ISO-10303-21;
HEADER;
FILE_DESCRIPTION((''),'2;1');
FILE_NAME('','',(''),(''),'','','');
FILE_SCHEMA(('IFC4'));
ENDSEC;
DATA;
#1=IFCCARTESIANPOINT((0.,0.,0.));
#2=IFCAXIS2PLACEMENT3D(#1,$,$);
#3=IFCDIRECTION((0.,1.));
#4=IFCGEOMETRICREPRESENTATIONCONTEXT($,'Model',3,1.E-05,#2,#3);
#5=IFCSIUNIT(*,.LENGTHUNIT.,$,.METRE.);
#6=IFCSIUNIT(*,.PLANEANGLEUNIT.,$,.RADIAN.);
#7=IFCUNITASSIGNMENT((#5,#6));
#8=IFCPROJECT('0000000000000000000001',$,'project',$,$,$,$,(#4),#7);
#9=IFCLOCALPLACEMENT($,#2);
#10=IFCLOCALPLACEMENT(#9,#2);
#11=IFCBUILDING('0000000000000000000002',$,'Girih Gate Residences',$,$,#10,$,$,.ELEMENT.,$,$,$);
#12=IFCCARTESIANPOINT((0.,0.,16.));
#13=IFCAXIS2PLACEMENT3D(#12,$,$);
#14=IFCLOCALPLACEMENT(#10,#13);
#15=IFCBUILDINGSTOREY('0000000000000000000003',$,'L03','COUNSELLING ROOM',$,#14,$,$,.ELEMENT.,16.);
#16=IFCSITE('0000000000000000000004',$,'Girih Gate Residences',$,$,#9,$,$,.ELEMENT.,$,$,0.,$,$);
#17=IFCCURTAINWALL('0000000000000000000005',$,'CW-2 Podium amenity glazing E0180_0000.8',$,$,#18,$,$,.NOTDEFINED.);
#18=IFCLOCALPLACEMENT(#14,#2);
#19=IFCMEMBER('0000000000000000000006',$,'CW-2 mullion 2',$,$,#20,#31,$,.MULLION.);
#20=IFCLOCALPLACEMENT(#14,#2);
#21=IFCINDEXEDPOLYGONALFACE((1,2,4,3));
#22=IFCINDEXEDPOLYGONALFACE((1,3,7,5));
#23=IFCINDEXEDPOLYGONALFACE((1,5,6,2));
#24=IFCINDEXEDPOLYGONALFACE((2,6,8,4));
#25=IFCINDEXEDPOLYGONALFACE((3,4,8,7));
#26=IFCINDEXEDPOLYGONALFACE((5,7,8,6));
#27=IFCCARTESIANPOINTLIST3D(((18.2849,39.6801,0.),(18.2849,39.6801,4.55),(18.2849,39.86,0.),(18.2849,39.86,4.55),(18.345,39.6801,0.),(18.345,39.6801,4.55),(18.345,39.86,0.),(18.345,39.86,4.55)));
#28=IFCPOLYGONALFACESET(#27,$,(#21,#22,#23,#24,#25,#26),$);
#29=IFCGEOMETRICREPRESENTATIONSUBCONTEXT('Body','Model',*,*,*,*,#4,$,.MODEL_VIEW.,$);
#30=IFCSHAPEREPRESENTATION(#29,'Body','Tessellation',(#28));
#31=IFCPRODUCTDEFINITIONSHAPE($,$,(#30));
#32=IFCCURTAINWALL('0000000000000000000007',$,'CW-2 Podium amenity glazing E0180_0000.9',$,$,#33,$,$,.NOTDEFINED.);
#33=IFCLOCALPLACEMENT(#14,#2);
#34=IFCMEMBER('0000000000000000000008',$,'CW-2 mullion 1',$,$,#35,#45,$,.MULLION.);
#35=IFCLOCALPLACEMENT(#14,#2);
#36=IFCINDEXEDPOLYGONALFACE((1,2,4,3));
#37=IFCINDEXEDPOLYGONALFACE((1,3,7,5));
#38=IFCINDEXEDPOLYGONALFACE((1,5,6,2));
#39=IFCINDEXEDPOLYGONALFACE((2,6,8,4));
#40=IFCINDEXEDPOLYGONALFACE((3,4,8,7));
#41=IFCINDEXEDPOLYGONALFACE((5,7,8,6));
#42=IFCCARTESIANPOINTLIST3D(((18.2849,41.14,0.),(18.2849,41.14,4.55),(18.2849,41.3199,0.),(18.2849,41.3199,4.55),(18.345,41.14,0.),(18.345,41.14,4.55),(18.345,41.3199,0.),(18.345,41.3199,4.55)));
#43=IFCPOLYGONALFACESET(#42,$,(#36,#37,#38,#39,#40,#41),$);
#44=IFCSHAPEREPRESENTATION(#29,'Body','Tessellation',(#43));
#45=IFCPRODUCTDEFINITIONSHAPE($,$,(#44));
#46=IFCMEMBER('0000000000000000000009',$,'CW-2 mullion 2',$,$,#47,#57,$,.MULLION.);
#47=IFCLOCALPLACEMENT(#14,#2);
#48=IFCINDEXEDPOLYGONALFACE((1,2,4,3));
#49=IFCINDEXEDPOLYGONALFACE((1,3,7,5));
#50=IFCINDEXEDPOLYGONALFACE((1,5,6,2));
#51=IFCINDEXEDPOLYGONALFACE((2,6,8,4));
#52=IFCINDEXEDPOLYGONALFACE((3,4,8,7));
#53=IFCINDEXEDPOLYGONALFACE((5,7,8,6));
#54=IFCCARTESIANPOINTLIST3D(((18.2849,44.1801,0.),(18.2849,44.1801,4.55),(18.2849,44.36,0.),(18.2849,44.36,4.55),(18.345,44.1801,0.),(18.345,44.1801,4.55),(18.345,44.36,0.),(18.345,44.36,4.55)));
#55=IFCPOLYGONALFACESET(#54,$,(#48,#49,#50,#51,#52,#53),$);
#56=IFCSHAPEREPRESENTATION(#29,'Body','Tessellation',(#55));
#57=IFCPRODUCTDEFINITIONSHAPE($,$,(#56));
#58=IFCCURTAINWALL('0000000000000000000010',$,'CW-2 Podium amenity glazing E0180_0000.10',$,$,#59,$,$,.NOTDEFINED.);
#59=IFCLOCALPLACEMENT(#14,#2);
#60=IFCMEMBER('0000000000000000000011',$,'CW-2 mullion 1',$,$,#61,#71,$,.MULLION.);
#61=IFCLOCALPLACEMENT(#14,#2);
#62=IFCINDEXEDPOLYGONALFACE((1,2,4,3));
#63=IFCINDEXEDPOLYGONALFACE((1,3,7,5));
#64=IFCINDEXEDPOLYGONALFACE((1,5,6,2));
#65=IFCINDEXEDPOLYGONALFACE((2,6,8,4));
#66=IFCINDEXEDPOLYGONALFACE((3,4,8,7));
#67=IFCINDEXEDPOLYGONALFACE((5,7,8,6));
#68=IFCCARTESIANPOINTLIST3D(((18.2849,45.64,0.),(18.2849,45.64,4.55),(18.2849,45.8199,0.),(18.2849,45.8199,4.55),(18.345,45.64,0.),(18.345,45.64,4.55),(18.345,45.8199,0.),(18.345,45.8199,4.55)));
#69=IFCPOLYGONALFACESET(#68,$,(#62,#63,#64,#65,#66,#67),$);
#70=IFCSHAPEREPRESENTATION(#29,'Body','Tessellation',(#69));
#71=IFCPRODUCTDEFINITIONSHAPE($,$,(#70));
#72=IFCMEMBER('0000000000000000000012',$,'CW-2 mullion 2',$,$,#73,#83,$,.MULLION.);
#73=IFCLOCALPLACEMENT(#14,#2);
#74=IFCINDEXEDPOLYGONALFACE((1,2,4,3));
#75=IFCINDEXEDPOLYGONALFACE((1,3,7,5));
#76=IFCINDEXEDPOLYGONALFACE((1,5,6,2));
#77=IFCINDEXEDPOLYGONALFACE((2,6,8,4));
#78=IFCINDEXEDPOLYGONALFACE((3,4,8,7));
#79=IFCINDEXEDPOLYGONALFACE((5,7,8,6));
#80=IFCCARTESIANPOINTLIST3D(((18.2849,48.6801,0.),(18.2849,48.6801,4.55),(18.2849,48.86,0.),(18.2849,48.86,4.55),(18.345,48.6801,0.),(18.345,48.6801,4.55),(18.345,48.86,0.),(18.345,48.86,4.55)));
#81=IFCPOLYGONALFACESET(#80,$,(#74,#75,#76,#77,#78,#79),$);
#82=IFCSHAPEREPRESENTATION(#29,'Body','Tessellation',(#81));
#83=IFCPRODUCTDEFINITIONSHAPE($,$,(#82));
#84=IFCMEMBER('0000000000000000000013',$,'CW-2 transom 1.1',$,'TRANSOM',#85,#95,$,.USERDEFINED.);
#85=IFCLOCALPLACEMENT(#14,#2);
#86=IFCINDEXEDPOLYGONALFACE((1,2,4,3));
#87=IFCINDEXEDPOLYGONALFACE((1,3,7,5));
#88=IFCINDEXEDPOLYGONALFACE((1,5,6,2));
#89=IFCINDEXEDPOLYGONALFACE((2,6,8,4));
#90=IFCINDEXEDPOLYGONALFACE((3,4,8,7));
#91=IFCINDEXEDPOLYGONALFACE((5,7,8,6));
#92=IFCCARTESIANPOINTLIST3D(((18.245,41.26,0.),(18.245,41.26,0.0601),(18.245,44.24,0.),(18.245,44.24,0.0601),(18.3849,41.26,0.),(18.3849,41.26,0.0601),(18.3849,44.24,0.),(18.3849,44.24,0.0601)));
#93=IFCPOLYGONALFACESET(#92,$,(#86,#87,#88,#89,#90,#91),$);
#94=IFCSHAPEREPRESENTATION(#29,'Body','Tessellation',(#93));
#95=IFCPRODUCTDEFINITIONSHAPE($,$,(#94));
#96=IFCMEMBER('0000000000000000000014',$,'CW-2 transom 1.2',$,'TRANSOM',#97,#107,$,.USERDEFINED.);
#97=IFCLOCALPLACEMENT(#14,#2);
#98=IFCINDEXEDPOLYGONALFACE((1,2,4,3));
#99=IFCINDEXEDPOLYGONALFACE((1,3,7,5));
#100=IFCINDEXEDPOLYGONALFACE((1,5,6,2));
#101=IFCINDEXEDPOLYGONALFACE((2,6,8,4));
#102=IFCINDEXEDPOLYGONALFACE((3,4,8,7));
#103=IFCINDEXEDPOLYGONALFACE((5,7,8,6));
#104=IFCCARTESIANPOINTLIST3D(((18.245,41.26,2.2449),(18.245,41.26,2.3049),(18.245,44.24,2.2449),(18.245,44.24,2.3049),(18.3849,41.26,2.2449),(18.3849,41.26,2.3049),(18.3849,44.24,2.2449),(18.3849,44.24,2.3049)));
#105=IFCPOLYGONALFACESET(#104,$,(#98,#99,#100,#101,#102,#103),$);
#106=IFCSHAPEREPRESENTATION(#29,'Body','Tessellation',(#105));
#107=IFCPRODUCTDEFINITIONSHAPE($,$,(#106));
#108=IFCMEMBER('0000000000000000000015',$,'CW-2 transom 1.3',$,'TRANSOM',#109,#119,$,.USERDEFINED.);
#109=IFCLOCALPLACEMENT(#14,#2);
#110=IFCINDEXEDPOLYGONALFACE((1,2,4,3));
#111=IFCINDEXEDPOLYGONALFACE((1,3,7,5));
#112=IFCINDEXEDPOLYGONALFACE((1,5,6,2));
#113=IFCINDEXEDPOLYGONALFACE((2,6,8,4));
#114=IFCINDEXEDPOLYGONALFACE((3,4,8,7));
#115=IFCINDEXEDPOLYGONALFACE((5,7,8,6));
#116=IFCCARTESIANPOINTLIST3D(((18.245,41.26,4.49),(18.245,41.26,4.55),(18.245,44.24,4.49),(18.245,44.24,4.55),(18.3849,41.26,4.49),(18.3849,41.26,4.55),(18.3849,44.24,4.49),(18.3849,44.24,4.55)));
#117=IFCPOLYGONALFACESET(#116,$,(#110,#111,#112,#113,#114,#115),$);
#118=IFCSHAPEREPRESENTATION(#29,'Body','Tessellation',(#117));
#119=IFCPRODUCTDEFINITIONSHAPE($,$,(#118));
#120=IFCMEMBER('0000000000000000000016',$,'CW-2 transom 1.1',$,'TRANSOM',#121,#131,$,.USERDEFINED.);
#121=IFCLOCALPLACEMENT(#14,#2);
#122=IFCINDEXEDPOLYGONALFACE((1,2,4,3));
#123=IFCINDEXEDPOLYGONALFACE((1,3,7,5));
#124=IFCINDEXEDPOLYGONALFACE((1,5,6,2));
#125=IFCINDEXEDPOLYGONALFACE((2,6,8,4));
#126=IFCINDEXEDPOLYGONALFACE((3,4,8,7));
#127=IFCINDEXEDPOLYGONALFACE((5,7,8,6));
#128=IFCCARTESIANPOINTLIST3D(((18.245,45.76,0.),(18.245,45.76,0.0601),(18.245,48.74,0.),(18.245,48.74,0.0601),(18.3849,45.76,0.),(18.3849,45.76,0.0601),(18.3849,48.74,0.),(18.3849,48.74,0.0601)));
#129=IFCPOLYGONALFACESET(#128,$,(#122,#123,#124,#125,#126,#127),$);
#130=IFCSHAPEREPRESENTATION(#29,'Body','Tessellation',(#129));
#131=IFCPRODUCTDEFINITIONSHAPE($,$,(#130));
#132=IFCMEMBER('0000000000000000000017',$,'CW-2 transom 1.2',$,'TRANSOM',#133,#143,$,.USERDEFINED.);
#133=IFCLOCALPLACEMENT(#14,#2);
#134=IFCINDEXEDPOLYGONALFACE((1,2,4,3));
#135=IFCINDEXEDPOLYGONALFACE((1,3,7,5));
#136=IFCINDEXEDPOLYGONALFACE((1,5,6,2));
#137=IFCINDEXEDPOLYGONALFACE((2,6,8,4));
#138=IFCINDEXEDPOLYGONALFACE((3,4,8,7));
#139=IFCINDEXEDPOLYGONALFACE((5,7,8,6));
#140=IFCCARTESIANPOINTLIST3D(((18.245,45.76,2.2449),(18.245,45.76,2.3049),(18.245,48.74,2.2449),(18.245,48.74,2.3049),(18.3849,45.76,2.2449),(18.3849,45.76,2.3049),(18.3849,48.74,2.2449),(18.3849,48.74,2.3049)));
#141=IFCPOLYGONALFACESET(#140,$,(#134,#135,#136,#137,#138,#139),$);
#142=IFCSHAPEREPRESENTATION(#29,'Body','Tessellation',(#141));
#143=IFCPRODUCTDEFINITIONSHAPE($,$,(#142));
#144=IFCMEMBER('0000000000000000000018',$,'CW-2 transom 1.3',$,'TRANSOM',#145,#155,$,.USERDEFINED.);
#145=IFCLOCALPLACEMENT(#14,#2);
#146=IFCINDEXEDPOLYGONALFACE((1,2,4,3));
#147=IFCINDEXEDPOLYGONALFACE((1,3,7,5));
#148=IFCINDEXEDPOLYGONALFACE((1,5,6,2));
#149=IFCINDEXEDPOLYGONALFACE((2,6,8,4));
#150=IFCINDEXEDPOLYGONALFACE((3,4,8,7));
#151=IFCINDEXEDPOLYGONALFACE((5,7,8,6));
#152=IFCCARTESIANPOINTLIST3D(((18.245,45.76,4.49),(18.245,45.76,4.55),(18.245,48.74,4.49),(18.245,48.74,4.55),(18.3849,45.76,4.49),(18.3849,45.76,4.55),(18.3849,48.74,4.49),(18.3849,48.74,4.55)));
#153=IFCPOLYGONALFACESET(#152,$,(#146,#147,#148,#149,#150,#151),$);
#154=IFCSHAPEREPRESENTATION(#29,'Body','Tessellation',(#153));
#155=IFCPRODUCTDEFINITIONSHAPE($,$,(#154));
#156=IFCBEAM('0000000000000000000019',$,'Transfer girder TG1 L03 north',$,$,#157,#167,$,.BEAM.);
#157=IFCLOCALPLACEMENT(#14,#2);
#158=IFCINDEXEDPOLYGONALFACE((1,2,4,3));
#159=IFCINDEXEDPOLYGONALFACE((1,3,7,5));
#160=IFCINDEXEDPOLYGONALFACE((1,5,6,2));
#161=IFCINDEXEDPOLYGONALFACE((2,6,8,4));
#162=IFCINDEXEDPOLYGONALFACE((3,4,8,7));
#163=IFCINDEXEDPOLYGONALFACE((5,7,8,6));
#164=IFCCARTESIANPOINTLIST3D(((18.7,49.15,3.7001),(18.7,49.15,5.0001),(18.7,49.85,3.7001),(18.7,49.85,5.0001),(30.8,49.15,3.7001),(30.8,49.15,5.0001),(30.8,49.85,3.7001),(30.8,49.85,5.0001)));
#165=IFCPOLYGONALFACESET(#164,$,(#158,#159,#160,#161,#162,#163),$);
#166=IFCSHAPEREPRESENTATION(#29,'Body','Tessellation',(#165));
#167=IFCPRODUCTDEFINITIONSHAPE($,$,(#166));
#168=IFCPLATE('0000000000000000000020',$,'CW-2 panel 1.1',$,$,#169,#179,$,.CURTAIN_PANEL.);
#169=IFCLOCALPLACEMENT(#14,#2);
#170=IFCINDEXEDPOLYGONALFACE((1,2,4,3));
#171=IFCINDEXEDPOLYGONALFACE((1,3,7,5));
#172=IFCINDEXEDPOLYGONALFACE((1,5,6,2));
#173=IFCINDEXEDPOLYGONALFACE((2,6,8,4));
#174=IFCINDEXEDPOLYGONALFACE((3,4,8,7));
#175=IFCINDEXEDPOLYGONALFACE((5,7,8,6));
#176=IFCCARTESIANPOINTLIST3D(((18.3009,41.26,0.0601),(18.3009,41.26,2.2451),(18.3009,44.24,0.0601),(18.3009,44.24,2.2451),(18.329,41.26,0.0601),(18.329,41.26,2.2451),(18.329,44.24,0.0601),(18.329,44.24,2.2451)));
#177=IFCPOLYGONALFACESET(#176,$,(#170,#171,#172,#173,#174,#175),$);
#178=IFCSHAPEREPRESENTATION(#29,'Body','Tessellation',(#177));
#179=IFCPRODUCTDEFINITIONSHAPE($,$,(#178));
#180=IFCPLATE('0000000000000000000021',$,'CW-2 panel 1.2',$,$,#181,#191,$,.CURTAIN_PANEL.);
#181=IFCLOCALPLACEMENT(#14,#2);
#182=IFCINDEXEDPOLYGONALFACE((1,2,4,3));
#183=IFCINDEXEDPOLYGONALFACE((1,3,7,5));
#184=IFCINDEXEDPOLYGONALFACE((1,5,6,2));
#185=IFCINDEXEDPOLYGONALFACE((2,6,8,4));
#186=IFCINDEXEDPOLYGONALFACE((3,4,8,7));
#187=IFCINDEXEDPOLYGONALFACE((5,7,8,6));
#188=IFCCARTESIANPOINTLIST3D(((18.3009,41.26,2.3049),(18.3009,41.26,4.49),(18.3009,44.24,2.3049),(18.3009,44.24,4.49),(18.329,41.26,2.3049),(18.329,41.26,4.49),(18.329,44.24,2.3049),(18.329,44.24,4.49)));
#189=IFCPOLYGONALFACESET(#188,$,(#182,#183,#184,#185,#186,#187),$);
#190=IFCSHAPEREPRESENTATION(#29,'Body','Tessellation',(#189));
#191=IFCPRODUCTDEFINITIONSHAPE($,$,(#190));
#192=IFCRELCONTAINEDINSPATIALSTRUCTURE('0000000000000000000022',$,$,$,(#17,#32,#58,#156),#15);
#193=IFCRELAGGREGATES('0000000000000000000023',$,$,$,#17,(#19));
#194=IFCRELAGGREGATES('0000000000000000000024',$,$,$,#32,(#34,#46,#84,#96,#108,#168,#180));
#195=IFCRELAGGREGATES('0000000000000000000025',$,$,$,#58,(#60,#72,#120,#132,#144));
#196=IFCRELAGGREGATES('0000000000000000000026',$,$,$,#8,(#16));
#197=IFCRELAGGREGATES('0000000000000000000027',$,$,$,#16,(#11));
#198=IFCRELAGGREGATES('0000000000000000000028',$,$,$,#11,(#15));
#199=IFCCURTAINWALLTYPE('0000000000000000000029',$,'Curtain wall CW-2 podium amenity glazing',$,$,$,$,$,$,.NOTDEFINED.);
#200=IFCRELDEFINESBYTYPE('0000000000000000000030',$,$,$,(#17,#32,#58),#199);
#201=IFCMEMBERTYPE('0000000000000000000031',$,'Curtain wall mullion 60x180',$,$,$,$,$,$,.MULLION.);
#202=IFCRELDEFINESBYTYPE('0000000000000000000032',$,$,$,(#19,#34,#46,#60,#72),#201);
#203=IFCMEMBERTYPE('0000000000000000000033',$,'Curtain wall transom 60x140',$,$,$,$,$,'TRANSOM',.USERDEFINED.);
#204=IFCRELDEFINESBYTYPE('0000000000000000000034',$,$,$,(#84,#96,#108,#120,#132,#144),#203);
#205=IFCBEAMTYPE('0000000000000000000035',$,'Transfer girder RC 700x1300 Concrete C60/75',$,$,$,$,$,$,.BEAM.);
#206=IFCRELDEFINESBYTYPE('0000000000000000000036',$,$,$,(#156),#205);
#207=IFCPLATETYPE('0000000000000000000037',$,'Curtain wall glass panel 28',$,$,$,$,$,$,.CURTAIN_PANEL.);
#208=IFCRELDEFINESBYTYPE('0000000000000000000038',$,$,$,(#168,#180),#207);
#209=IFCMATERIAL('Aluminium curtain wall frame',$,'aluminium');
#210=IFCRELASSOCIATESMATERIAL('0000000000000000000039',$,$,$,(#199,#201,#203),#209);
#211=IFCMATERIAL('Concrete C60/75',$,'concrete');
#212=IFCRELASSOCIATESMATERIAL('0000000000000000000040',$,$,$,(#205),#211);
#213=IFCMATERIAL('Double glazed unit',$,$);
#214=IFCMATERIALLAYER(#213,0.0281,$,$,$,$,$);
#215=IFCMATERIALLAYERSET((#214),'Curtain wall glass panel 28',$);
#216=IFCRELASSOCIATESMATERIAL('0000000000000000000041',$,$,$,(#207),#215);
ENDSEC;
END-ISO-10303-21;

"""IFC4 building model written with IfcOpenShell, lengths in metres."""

from ifc_helpers import new_model, si_unit, direction, frame, origin, origin_2d, place, context, subcontext, project, spatial, rectangle, extrude, material, layer, layer_set, material_profile, profile_set, type_object, element, aggregate, save


model = new_model("IFC4")

# Units and contexts
model_context = context("Model", 3, precision=1e-05, world=origin(), true_north=direction((0.0, 1.0)))
body_context = subcontext(model_context, "Body", "Model", "MODEL_VIEW")
ifc_project = project(units=[si_unit("LENGTHUNIT", "METRE"), si_unit("PLANEANGLEUNIT", "RADIAN")], contexts=[model_context])

# Site, building, storey
site_placement = place(None, origin())
site = spatial("IfcSite", under=ifc_project, at=site_placement, Name="Girih Gate Residences", CompositionType="ELEMENT", RefElevation=0.0)
building_placement = place(site_placement, origin())
building = spatial("IfcBuilding", under=site, at=building_placement, Name="Girih Gate Residences", CompositionType="ELEMENT")
storey_placement = place(building_placement, frame((0.0, 0.0, 16.0)))
storey = spatial("IfcBuildingStorey", under=building, at=storey_placement, Name="L03", Description="COUNSELLING ROOM", CompositionType="ELEMENT", Elevation=16.0)

# Curtain wall, member
ifc_material_1 = material(Name="Aluminium curtain wall frame", Category="aluminium")
curtain_wall_type = type_object("IfcCurtainWallType", Name="Curtain wall CW-2 podium amenity glazing", PredefinedType="NOTDEFINED", material=ifc_material_1)
curtain_wall_1_placement = place(storey_placement, origin())
curtain_wall_1 = element("IfcCurtainWall", 1, at=curtain_wall_1_placement, inside=storey, type_object=curtain_wall_type, Name="CW-2 Podium amenity glazing E0180_0000.8", PredefinedType="NOTDEFINED")
ifc_material_profile_1 = material_profile(ifc_material_1, rectangle(XDim=0.0601, YDim=0.1799, at=origin_2d()))
ifc_profile_set_1 = profile_set([ifc_material_profile_1], Name="Aluminium curtain wall frame")
member_type_1 = type_object("IfcMemberType", Name="Curtain wall mullion 60x180", PredefinedType="MULLION", material=ifc_profile_set_1)
member_1_placement = place(storey_placement, frame((18.3149, 39.77, 0.0), z_axis=(0.0, 0.0, 1.0), x_axis=(-1.0, 0.0, 0.0)))
member_1 = element("IfcMember", 2, at=member_1_placement, type_object=member_type_1, Name="CW-2 mullion 2", PredefinedType="MULLION", context=body_context, shape_type="SweptSolid", body=[
    extrude(rectangle(XDim=0.0601, YDim=0.1799, at=origin_2d()), origin(), (0.0, 0.0, 1.0), 4.55),
])
aggregate(curtain_wall_1, [member_1])

# Curtain walls, members
curtain_wall_2_placement = place(storey_placement, origin())
curtain_wall_2 = element("IfcCurtainWall", 3, at=curtain_wall_2_placement, inside=storey, type_object=curtain_wall_type, Name="CW-2 Podium amenity glazing E0180_0000.9", PredefinedType="NOTDEFINED")
member_2_placement = place(storey_placement, frame((18.3149, 41.23, 0.0), z_axis=(0.0, 0.0, 1.0), x_axis=(-1.0, 0.0, 0.0)))
member_2 = element("IfcMember", 4, at=member_2_placement, type_object=member_type_1, Name="CW-2 mullion 1", PredefinedType="MULLION", context=body_context, shape_type="SweptSolid", body=[
    extrude(rectangle(XDim=0.0601, YDim=0.1799, at=origin_2d()), origin(), (0.0, 0.0, 1.0), 4.55),
])
member_3_placement = place(storey_placement, frame((18.3149, 44.27, 0.0), z_axis=(0.0, 0.0, 1.0), x_axis=(-1.0, 0.0, 0.0)))
member_3 = element("IfcMember", 5, at=member_3_placement, type_object=member_type_1, Name="CW-2 mullion 2", PredefinedType="MULLION", context=body_context, shape_type="SweptSolid", body=[
    extrude(rectangle(XDim=0.0601, YDim=0.1799, at=origin_2d()), origin(), (0.0, 0.0, 1.0), 4.55),
])
curtain_wall_3_placement = place(storey_placement, origin())
curtain_wall_3 = element("IfcCurtainWall", 6, at=curtain_wall_3_placement, inside=storey, type_object=curtain_wall_type, Name="CW-2 Podium amenity glazing E0180_0000.10", PredefinedType="NOTDEFINED")
member_4_placement = place(storey_placement, frame((18.3149, 45.73, 0.0), z_axis=(0.0, 0.0, 1.0), x_axis=(-1.0, 0.0, 0.0)))
member_4 = element("IfcMember", 7, at=member_4_placement, type_object=member_type_1, Name="CW-2 mullion 1", PredefinedType="MULLION", context=body_context, shape_type="SweptSolid", body=[
    extrude(rectangle(XDim=0.0601, YDim=0.1799, at=origin_2d()), origin(), (0.0, 0.0, 1.0), 4.55),
])
member_5_placement = place(storey_placement, frame((18.3149, 48.77, 0.0), z_axis=(0.0, 0.0, 1.0), x_axis=(-1.0, 0.0, 0.0)))
member_5 = element("IfcMember", 8, at=member_5_placement, type_object=member_type_1, Name="CW-2 mullion 2", PredefinedType="MULLION", context=body_context, shape_type="SweptSolid", body=[
    extrude(rectangle(XDim=0.0601, YDim=0.1799, at=origin_2d()), origin(), (0.0, 0.0, 1.0), 4.55),
])

# Members
ifc_material_profile_2 = material_profile(ifc_material_1, rectangle(XDim=0.1399, YDim=0.0601, at=origin_2d()))
ifc_profile_set_2 = profile_set([ifc_material_profile_2], Name="Aluminium curtain wall frame")
member_type_2 = type_object("IfcMemberType", Name="Curtain wall transom 60x140", ElementType="TRANSOM", PredefinedType="USERDEFINED", material=ifc_profile_set_2)
member_6_placement = place(storey_placement, frame((18.3149, 41.26, 0.03), z_axis=(0.0, 1.0, 0.0), x_axis=(-1.0, 0.0, 0.0)))
member_6 = element("IfcMember", 9, at=member_6_placement, type_object=member_type_2, Name="CW-2 transom 1.1", ObjectType="TRANSOM", PredefinedType="USERDEFINED", context=body_context, shape_type="SweptSolid", body=[
    extrude(rectangle(XDim=0.1399, YDim=0.0601, at=origin_2d()), origin(), (0.0, 0.0, 1.0), 2.98),
])
member_7_placement = place(storey_placement, frame((18.3149, 41.26, 2.2749), z_axis=(0.0, 1.0, 0.0), x_axis=(-1.0, 0.0, 0.0)))
member_7 = element("IfcMember", 10, at=member_7_placement, type_object=member_type_2, Name="CW-2 transom 1.2", ObjectType="TRANSOM", PredefinedType="USERDEFINED", context=body_context, shape_type="SweptSolid", body=[
    extrude(rectangle(XDim=0.1399, YDim=0.0601, at=origin_2d()), origin(), (0.0, 0.0, 1.0), 2.98),
])
member_8_placement = place(storey_placement, frame((18.3149, 41.26, 4.52), z_axis=(0.0, 1.0, 0.0), x_axis=(-1.0, 0.0, 0.0)))
member_8 = element("IfcMember", 11, at=member_8_placement, type_object=member_type_2, Name="CW-2 transom 1.3", ObjectType="TRANSOM", PredefinedType="USERDEFINED", context=body_context, shape_type="SweptSolid", body=[
    extrude(rectangle(XDim=0.1399, YDim=0.0601, at=origin_2d()), origin(), (0.0, 0.0, 1.0), 2.98),
])
member_9_placement = place(storey_placement, frame((18.3149, 45.76, 0.03), z_axis=(0.0, 1.0, 0.0), x_axis=(-1.0, 0.0, 0.0)))
member_9 = element("IfcMember", 12, at=member_9_placement, type_object=member_type_2, Name="CW-2 transom 1.1", ObjectType="TRANSOM", PredefinedType="USERDEFINED", context=body_context, shape_type="SweptSolid", body=[
    extrude(rectangle(XDim=0.1399, YDim=0.0601, at=origin_2d()), origin(), (0.0, 0.0, 1.0), 2.98),
])
member_10_placement = place(storey_placement, frame((18.3149, 45.76, 2.2749), z_axis=(0.0, 1.0, 0.0), x_axis=(-1.0, 0.0, 0.0)))
member_10 = element("IfcMember", 13, at=member_10_placement, type_object=member_type_2, Name="CW-2 transom 1.2", ObjectType="TRANSOM", PredefinedType="USERDEFINED", context=body_context, shape_type="SweptSolid", body=[
    extrude(rectangle(XDim=0.1399, YDim=0.0601, at=origin_2d()), origin(), (0.0, 0.0, 1.0), 2.98),
])
member_11_placement = place(storey_placement, frame((18.3149, 45.76, 4.52), z_axis=(0.0, 1.0, 0.0), x_axis=(-1.0, 0.0, 0.0)))
member_11 = element("IfcMember", 14, at=member_11_placement, type_object=member_type_2, Name="CW-2 transom 1.3", ObjectType="TRANSOM", PredefinedType="USERDEFINED", context=body_context, shape_type="SweptSolid", body=[
    extrude(rectangle(XDim=0.1399, YDim=0.0601, at=origin_2d()), origin(), (0.0, 0.0, 1.0), 2.98),
])

# Beam
ifc_material_2 = material(Name="Concrete C60/75", Category="concrete")
ifc_material_profile_3 = material_profile(ifc_material_2, rectangle(XDim=0.7, YDim=1.3, at=origin_2d()))
ifc_profile_set_3 = profile_set([ifc_material_profile_3], Name="Concrete C60/75")
beam_type = type_object("IfcBeamType", Name="Transfer girder RC 700x1300 Concrete C60/75", PredefinedType="BEAM", material=ifc_profile_set_3)
beam_placement = place(storey_placement, frame((18.7, 49.5, 4.3501), z_axis=(1.0, 0.0, 0.0), x_axis=(0.0, 1.0, 0.0)))
element("IfcBeam", 15, at=beam_placement, inside=storey, type_object=beam_type, Name="Transfer girder TG1 L03 north", PredefinedType="BEAM", context=body_context, shape_type="SweptSolid", body=[
    extrude(rectangle(XDim=0.7, YDim=1.3, at=origin_2d()), origin(), (0.0, 0.0, 1.0), 12.1001),
])

# Plates
ifc_material_3 = material(Name="Double glazed unit")
ifc_layer_1 = layer(ifc_material_3, 0.0281)
ifc_layer_set_1 = layer_set([ifc_layer_1], Name="Curtain wall glass panel 28")
plate_type = type_object("IfcPlateType", Name="Curtain wall glass panel 28", PredefinedType="CURTAIN_PANEL", material=ifc_layer_set_1)
plate_1_placement = place(storey_placement, frame((18.3149, 42.75, 0.0601), z_axis=(0.0, 0.0, 1.0), x_axis=(0.0, 1.0, 0.0)))
plate_1 = element("IfcPlate", 16, at=plate_1_placement, type_object=plate_type, Name="CW-2 panel 1.1", PredefinedType="CURTAIN_PANEL", context=body_context, shape_type="SweptSolid", body=[
    extrude(rectangle(XDim=2.98, YDim=0.0281, at=origin_2d()), origin(), (0.0, 0.0, 1.0), 2.1851),
])
plate_2_placement = place(storey_placement, frame((18.3149, 42.75, 2.3049), z_axis=(0.0, 0.0, 1.0), x_axis=(0.0, 1.0, 0.0)))
plate_2 = element("IfcPlate", 17, at=plate_2_placement, type_object=plate_type, Name="CW-2 panel 1.2", PredefinedType="CURTAIN_PANEL", context=body_context, shape_type="SweptSolid", body=[
    extrude(rectangle(XDim=2.98, YDim=0.0281, at=origin_2d()), origin(), (0.0, 0.0, 1.0), 2.1851),
])
aggregate(curtain_wall_2, [member_2, member_3, member_6, member_7, member_8, plate_1, plate_2])
aggregate(curtain_wall_3, [member_4, member_5, member_9, member_10, member_11])

save(model, "model.ifc")
